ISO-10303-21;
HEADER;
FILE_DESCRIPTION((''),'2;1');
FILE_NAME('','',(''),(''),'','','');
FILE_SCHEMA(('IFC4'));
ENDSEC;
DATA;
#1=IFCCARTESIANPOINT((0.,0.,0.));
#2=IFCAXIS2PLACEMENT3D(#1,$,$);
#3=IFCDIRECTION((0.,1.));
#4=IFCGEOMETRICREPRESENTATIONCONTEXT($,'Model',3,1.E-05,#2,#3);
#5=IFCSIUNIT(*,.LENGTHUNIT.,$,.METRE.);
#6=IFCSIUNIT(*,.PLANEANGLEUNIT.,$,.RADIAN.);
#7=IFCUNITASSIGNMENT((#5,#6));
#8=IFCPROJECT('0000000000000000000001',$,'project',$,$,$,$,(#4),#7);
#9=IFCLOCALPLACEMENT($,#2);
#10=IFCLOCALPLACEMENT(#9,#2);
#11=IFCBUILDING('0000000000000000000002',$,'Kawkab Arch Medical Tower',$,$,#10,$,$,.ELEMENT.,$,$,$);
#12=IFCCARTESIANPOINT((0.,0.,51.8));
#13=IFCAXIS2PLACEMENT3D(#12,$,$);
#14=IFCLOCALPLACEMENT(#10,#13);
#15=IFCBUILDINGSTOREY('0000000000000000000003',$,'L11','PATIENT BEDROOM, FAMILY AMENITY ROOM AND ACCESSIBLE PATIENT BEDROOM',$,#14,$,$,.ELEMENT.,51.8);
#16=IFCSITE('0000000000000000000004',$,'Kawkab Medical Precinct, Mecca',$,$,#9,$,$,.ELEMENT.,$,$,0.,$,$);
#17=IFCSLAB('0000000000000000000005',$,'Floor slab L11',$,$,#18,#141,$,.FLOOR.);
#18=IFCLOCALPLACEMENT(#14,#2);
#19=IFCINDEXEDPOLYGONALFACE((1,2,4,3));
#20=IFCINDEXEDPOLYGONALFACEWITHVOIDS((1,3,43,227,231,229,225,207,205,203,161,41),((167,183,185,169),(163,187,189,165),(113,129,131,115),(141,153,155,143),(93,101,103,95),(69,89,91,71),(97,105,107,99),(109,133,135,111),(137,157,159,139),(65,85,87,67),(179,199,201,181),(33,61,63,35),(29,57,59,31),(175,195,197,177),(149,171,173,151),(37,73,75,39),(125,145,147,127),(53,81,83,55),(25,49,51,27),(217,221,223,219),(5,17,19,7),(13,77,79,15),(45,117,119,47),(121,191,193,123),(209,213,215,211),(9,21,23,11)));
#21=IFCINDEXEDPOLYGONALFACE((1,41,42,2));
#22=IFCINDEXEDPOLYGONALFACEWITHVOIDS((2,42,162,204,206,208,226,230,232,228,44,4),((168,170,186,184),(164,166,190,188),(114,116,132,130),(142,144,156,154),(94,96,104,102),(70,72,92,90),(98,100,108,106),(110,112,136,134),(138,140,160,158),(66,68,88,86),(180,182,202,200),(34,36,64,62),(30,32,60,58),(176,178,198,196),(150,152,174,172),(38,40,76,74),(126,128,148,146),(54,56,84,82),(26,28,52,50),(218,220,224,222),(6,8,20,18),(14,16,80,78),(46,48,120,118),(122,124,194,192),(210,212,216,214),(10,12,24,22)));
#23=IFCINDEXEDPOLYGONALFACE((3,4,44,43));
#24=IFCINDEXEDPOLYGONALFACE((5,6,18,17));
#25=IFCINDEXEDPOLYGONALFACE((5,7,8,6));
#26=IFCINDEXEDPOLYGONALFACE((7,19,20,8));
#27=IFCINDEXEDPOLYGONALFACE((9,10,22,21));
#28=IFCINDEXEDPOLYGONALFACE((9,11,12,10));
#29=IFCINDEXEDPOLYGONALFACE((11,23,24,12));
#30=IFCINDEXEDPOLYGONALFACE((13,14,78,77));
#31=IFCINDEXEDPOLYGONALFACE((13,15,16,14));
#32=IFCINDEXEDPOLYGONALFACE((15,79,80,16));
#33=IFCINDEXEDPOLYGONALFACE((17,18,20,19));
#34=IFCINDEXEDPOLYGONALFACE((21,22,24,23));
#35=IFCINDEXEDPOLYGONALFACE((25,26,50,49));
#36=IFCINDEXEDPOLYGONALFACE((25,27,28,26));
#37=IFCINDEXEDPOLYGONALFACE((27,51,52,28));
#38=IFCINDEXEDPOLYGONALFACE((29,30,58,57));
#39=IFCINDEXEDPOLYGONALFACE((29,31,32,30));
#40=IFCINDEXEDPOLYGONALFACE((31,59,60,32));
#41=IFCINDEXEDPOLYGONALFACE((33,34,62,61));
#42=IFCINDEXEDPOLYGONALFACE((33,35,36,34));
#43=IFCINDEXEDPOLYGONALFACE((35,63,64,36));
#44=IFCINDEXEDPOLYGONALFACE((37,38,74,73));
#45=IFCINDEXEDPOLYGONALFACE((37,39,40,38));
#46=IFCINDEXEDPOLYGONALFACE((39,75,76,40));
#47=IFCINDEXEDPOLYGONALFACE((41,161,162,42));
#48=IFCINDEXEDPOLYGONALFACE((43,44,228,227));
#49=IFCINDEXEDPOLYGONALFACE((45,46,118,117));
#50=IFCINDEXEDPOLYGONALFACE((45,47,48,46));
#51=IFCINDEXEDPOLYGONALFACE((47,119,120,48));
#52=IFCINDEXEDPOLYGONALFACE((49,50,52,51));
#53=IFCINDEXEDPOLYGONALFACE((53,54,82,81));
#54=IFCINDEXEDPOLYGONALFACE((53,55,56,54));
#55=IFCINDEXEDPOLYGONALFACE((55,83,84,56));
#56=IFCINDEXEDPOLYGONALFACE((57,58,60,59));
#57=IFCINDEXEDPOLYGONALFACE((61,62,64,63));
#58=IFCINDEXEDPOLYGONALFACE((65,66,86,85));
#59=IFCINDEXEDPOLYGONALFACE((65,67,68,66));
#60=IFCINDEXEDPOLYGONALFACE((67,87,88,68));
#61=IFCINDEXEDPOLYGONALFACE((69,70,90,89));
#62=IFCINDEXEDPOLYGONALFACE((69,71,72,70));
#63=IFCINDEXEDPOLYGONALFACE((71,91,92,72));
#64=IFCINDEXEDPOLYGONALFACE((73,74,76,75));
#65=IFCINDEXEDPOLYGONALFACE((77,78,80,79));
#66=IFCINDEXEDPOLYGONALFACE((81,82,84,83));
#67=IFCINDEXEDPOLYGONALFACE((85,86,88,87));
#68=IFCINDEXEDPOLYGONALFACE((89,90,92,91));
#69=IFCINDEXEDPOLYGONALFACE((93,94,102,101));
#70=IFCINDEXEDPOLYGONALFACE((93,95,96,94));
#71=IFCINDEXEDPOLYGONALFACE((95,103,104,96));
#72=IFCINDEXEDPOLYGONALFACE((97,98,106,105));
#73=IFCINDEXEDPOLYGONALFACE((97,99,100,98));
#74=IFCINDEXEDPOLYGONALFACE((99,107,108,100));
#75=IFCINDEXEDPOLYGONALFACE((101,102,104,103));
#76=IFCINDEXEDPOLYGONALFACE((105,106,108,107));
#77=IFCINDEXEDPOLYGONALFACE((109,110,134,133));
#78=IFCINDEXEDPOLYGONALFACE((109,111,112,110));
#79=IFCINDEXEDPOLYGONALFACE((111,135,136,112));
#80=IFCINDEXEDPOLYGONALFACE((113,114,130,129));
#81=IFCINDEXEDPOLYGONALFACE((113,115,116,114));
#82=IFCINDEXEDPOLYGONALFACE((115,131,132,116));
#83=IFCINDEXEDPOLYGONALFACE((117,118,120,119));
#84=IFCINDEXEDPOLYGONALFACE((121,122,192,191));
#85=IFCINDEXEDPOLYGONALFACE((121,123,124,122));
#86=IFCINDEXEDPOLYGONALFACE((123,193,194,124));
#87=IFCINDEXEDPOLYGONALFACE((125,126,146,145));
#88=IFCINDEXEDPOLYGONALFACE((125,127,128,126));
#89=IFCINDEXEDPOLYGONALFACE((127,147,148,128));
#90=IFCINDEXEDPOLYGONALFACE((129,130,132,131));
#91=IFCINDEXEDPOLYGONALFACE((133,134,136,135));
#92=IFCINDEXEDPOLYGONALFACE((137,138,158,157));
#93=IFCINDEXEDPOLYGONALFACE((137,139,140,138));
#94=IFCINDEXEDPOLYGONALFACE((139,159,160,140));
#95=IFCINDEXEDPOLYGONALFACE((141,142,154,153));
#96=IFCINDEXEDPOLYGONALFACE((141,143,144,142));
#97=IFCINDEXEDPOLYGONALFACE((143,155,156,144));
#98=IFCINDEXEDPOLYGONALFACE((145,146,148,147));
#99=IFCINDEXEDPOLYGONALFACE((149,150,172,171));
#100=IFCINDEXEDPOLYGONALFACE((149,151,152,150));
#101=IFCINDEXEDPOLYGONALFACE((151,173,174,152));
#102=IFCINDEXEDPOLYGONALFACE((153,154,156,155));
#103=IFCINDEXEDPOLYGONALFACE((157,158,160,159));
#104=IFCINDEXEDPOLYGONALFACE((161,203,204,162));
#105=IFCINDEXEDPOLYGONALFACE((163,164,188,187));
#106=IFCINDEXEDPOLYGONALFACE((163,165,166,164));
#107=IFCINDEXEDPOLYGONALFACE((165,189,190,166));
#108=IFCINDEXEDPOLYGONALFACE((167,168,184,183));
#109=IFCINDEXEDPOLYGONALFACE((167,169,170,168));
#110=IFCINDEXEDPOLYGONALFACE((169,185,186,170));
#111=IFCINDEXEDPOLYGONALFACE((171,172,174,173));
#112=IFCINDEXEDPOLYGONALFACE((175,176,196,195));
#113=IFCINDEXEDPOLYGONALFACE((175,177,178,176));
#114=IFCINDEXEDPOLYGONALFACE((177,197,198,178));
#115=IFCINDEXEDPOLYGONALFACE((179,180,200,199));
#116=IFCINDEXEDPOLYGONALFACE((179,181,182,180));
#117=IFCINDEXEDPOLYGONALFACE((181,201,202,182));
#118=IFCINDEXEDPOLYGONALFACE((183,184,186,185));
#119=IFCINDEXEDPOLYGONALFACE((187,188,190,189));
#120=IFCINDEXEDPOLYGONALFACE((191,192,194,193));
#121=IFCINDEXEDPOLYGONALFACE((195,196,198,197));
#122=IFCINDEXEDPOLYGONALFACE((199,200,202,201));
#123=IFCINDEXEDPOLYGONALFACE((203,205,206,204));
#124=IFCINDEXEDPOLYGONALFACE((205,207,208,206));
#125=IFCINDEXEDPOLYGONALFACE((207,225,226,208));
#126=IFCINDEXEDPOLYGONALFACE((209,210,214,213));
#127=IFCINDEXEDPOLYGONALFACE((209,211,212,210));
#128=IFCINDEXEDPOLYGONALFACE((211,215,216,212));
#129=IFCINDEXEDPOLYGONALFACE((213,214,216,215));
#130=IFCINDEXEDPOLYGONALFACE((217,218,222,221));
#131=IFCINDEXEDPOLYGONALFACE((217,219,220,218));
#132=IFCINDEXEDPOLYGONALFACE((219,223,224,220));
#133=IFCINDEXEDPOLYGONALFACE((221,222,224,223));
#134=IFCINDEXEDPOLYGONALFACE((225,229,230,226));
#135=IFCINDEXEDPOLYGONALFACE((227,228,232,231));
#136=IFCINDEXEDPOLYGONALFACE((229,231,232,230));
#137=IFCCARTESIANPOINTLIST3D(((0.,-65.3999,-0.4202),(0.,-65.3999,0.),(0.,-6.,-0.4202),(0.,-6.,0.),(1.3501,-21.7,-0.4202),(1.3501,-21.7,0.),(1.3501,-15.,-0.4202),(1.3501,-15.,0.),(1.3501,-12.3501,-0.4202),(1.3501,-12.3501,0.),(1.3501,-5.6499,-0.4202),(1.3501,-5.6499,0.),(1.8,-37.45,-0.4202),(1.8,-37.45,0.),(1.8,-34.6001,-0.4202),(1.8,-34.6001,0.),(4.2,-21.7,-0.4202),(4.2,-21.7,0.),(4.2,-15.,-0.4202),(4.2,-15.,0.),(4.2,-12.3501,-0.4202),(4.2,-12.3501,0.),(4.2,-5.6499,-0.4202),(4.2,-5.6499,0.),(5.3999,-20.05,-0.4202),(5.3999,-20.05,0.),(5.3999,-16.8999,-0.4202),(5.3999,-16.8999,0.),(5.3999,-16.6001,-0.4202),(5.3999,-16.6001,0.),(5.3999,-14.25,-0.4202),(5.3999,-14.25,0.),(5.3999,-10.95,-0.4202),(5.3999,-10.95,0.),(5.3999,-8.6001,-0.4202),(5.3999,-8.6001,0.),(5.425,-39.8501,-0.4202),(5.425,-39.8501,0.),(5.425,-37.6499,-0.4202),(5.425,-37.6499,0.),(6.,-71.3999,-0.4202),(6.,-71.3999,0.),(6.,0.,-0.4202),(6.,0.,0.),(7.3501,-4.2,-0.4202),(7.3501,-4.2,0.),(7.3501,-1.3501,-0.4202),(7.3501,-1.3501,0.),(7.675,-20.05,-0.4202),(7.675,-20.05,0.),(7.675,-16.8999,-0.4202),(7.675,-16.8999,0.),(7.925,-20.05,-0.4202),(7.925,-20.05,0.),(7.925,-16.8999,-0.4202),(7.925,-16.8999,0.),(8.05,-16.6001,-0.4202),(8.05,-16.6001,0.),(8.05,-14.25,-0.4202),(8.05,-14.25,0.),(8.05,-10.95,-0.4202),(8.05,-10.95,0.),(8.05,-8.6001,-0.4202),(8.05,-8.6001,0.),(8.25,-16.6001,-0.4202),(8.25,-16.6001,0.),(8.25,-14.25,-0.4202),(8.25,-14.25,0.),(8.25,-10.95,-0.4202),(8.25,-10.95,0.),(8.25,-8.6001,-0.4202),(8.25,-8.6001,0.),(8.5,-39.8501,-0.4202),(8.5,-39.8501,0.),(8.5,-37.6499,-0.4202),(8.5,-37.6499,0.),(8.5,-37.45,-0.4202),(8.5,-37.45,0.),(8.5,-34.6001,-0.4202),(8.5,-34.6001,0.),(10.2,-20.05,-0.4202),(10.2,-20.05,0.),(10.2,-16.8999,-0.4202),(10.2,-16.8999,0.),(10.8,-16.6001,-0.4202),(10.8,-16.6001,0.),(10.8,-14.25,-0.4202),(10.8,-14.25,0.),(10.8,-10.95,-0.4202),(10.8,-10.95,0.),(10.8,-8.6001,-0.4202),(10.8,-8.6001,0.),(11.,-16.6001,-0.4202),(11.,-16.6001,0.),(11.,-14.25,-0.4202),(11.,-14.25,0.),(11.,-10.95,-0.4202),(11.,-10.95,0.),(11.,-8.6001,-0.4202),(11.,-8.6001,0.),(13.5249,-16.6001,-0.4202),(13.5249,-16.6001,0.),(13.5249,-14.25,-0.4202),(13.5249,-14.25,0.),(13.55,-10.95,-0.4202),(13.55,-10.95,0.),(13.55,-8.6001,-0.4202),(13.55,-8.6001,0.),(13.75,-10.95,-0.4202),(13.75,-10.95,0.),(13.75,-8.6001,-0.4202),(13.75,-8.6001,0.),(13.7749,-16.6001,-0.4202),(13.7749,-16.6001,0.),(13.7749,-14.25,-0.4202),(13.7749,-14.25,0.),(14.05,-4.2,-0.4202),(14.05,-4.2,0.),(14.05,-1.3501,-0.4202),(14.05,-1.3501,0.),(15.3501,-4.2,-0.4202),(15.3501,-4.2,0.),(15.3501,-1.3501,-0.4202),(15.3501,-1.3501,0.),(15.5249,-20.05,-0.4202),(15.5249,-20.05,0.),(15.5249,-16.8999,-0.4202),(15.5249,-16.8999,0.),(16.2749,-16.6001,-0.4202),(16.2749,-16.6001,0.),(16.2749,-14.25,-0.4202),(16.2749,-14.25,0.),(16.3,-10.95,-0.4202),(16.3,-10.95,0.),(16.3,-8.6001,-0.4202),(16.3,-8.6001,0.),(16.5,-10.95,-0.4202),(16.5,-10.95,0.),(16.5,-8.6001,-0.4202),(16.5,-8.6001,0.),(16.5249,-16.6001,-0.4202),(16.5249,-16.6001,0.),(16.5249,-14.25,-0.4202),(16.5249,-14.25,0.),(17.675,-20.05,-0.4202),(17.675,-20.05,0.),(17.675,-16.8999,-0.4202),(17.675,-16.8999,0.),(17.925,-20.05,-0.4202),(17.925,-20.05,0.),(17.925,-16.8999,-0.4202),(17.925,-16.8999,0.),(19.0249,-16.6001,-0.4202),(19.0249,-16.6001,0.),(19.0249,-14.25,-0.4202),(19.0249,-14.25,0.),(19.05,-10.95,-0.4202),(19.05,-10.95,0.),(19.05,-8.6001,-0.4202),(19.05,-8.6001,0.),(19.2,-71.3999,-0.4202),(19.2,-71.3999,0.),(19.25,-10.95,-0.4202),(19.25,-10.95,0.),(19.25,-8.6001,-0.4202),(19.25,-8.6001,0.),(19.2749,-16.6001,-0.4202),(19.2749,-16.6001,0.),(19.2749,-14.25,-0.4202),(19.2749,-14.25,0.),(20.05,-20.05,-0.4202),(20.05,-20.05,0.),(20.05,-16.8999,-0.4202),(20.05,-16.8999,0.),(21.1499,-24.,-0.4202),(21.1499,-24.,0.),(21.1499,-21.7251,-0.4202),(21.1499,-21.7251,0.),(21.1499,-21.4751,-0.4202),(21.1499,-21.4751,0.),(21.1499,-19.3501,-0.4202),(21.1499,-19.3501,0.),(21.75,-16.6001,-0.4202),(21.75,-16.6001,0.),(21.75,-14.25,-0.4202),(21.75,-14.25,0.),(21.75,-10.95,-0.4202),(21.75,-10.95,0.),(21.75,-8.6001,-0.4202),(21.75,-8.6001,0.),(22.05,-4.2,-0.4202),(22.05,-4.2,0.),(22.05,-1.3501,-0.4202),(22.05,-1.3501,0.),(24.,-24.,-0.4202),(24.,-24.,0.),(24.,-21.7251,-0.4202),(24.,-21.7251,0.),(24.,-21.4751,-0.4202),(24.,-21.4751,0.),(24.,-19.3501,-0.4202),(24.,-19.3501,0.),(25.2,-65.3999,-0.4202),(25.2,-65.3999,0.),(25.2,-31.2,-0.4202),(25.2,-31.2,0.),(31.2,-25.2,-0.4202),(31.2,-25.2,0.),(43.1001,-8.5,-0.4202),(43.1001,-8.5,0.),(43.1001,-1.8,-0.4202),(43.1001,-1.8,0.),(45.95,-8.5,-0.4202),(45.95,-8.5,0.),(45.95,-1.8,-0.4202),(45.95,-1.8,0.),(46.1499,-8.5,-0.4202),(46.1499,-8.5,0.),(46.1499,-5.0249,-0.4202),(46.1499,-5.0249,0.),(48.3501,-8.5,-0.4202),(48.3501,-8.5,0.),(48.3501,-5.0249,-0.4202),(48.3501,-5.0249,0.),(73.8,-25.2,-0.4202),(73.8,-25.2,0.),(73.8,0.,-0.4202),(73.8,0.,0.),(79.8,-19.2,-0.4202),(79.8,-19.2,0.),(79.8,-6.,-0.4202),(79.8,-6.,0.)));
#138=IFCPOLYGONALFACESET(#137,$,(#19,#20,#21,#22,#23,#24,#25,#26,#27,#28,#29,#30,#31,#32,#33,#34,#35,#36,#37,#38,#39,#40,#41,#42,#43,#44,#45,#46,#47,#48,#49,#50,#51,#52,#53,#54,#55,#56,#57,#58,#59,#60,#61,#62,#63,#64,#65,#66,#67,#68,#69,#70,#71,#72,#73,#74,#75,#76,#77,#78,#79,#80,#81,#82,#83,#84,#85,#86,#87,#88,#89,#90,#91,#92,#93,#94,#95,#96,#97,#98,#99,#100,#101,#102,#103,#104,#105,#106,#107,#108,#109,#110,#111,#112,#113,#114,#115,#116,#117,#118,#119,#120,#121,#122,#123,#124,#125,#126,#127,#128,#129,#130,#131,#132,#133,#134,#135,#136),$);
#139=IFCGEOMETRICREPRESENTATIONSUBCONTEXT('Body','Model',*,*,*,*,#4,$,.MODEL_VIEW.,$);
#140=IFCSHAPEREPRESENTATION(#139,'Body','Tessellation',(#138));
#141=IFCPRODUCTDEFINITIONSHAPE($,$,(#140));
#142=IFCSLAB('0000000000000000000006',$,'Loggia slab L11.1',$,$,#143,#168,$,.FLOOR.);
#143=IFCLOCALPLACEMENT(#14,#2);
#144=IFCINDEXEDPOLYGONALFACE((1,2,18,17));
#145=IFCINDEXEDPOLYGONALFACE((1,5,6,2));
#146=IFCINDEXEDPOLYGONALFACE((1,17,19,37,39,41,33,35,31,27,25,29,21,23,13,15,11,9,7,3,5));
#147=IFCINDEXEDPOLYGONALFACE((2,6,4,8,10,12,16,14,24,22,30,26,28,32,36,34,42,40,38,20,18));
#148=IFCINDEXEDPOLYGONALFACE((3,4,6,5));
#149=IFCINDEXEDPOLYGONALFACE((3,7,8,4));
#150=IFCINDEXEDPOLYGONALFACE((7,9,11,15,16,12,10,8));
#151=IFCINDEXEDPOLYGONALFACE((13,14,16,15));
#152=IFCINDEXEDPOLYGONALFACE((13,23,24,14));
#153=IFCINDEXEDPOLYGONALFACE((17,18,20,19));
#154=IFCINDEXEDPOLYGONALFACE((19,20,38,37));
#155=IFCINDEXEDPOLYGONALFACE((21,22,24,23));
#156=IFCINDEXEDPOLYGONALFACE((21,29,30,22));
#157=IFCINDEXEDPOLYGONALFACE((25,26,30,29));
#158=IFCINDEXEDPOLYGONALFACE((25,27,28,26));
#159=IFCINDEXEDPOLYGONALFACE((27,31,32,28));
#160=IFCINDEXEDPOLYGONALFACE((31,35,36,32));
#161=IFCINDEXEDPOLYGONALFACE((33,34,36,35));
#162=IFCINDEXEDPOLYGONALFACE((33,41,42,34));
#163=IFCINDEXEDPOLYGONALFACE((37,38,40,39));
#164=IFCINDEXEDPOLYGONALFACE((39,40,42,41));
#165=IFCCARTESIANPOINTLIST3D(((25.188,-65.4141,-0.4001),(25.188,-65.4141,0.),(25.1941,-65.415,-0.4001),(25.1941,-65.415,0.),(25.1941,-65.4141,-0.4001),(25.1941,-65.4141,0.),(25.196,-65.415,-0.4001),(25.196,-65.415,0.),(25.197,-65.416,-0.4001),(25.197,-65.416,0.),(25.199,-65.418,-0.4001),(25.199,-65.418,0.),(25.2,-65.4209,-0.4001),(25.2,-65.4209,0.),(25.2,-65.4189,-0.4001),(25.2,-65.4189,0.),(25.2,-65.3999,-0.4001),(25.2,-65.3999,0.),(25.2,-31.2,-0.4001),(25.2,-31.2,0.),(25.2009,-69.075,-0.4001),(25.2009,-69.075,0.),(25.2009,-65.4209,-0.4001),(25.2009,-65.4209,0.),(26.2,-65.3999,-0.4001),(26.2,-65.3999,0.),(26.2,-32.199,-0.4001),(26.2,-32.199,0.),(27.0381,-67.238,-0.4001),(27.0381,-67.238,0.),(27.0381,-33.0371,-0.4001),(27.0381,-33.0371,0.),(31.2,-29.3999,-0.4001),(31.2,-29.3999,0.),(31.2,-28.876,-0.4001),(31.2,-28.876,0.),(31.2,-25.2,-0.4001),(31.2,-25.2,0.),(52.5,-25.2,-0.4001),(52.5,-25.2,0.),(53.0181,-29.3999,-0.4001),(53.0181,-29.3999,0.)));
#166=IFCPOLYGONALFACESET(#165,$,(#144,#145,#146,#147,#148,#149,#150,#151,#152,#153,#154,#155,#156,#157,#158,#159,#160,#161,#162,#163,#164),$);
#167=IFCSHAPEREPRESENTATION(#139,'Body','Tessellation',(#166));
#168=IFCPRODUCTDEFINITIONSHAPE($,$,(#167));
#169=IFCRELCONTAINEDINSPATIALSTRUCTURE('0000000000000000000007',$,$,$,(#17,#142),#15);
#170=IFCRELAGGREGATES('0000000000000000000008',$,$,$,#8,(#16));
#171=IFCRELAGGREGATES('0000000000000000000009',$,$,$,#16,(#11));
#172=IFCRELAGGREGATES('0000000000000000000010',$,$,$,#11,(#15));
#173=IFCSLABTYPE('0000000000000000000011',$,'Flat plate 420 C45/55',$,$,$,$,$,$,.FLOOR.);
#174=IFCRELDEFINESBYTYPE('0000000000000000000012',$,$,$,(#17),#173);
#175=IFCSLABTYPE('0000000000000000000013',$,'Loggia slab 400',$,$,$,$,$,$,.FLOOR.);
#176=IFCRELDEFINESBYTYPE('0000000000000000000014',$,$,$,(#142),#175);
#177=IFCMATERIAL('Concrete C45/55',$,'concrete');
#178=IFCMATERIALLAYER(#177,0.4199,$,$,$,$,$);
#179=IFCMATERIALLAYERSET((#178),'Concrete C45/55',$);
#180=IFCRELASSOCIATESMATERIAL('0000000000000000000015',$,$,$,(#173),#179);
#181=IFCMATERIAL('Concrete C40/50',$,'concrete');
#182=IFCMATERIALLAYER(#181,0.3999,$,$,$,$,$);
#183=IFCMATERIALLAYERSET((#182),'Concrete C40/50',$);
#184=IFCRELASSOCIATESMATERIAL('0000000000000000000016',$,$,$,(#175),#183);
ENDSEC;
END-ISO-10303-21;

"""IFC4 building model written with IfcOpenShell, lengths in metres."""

from ifc_helpers import new_model, si_unit, direction, frame, origin, place, context, subcontext, project, spatial, polyline, outline, extrude, material, layer, layer_set, type_object, element, save


model = new_model("IFC4")

# Units and contexts
model_context = context("Model", 3, precision=1e-05, world=origin(), true_north=direction((0.0, 1.0)))
body_context = subcontext(model_context, "Body", "Model", "MODEL_VIEW")
ifc_project = project(units=[si_unit("LENGTHUNIT", "METRE"), si_unit("PLANEANGLEUNIT", "RADIAN")], contexts=[model_context])

# Site, building, storey
site_placement = place(None, origin())
site = spatial("IfcSite", under=ifc_project, at=site_placement, Name="Kawkab Medical Precinct, Mecca", CompositionType="ELEMENT", RefElevation=0.0)
building_placement = place(site_placement, origin())
building = spatial("IfcBuilding", under=site, at=building_placement, Name="Kawkab Arch Medical Tower", CompositionType="ELEMENT")
storey_placement = place(building_placement, frame((0.0, 0.0, 51.8)))
storey = spatial("IfcBuildingStorey", under=building, at=storey_placement, Name="L11", Description="PATIENT BEDROOM, FAMILY AMENITY ROOM AND ACCESSIBLE PATIENT BEDROOM", CompositionType="ELEMENT", Elevation=51.8)

# Slabs
ifc_material_1 = material(Name="Concrete C45/55", Category="concrete")
ifc_layer_1 = layer(ifc_material_1, 0.4199)
ifc_layer_set_1 = layer_set([ifc_layer_1], Name="Concrete C45/55")
slab_type_1 = type_object("IfcSlabType", Name="Flat plate 420 C45/55", PredefinedType="FLOOR", material=ifc_layer_set_1)
slab_1_placement = place(storey_placement, frame((0.0, 0.0, -0.4202)))
element("IfcSlab", 1, at=slab_1_placement, inside=storey, type_object=slab_type_1, Name="Floor slab L11", PredefinedType="FLOOR", context=body_context, shape_type="SweptSolid", body=[
    extrude(outline(polyline([(6.0, 0.0), (73.8, 0.0), (79.8, -6.0), (79.8, -19.2), (73.8, -25.2), (31.2, -25.2), (25.2, -31.2), (25.2, -65.3999), (19.2, -71.3999), (6.0, -71.3999), (0.0, -65.3999), (0.0, -6.0), (6.0, 0.0)]), holes=[polyline([(5.425, -37.6499), (5.425, -39.8501), (8.5, -39.8501), (8.5, -37.6499), (5.425, -37.6499)]), polyline([(1.8, -37.45), (8.5, -37.45), (8.5, -34.6001), (1.8, -34.6001), (1.8, -37.45)]), polyline([(5.3999, -16.8999), (5.3999, -20.05), (7.675, -20.05), (7.675, -16.8999), (5.3999, -16.8999)]), polyline([(10.2, -16.8999), (7.925, -16.8999), (7.925, -20.05), (10.2, -20.05), (10.2, -16.8999)]), polyline([(4.2, -21.7), (4.2, -15.0), (1.3501, -15.0), (1.3501, -21.7), (4.2, -21.7)]), polyline([(5.3999, -14.25), (5.3999, -16.6001), (8.05, -16.6001), (8.05, -14.25), (5.3999, -14.25)]), polyline([(10.8, -14.25), (8.25, -14.25), (8.25, -16.6001), (10.8, -16.6001), (10.8, -14.25)]), polyline([(11.0, -14.25), (11.0, -16.6001), (13.5249, -16.6001), (13.5249, -14.25), (11.0, -14.25)]), polyline([(5.3999, -8.6001), (5.3999, -10.95), (8.05, -10.95), (8.05, -8.6001), (5.3999, -8.6001)]), polyline([(10.8, -8.6001), (8.25, -8.6001), (8.25, -10.95), (10.8, -10.95), (10.8, -8.6001)]), polyline([(11.0, -10.95), (13.55, -10.95), (13.55, -8.6001), (11.0, -8.6001), (11.0, -10.95)]), polyline([(4.2, -12.3501), (4.2, -5.6499), (1.3501, -5.6499), (1.3501, -12.3501), (4.2, -12.3501)]), polyline([(7.3501, -4.2), (14.05, -4.2), (14.05, -1.3501), (7.3501, -1.3501), (7.3501, -4.2)]), polyline([(24.0, -21.7251), (21.1499, -21.7251), (21.1499, -24.0), (24.0, -24.0), (24.0, -21.7251)]), polyline([(24.0, -21.4751), (24.0, -19.3501), (21.1499, -19.3501), (21.1499, -21.4751), (24.0, -21.4751)]), polyline([(15.5249, -16.8999), (15.5249, -20.05), (17.675, -20.05), (17.675, -16.8999), (15.5249, -16.8999)]), polyline([(17.925, -20.05), (20.05, -20.05), (20.05, -16.8999), (17.925, -16.8999), (17.925, -20.05)]), polyline([(16.2749, -14.25), (13.7749, -14.25), (13.7749, -16.6001), (16.2749, -16.6001), (16.2749, -14.25)]), polyline([(19.0249, -14.25), (16.5249, -14.25), (16.5249, -16.6001), (19.0249, -16.6001), (19.0249, -14.25)]), polyline([(19.2749, -16.6001), (21.75, -16.6001), (21.75, -14.25), (19.2749, -14.25), (19.2749, -16.6001)]), polyline([(13.75, -8.6001), (13.75, -10.95), (16.3, -10.95), (16.3, -8.6001), (13.75, -8.6001)]), polyline([(16.5, -8.6001), (16.5, -10.95), (19.05, -10.95), (19.05, -8.6001), (16.5, -8.6001)]), polyline([(19.25, -10.95), (21.75, -10.95), (21.75, -8.6001), (19.25, -8.6001), (19.25, -10.95)]), polyline([(46.1499, -5.0249), (46.1499, -8.5), (48.3501, -8.5), (48.3501, -5.0249), (46.1499, -5.0249)]), polyline([(43.1001, -1.8), (43.1001, -8.5), (45.95, -8.5), (45.95, -1.8), (43.1001, -1.8)]), polyline([(22.05, -1.3501), (15.3501, -1.3501), (15.3501, -4.2), (22.05, -4.2), (22.05, -1.3501)])]), origin(), (0.0, 0.0, 1.0), 0.4202),
])
ifc_material_2 = material(Name="Concrete C40/50", Category="concrete")
ifc_layer_2 = layer(ifc_material_2, 0.3999)
ifc_layer_set_2 = layer_set([ifc_layer_2], Name="Concrete C40/50")
slab_type_2 = type_object("IfcSlabType", Name="Loggia slab 400", PredefinedType="FLOOR", material=ifc_layer_set_2)
placement_1 = place(storey_placement, frame((0.0, 0.0, -0.4001)))
element("IfcSlab", 2, at=placement_1, inside=storey, type_object=slab_type_2, Name="Loggia slab L11.1", PredefinedType="FLOOR", context=body_context, shape_type="SweptSolid", body=[
    extrude(outline(polyline([(25.2, -65.3999), (25.2, -31.2), (31.2, -25.2), (52.5, -25.2), (53.0181, -29.3999), (31.2, -29.3999), (31.2, -28.876), (27.0381, -33.0371), (26.2, -32.199), (26.2, -65.3999), (27.0381, -67.238), (25.2009, -69.075), (25.2009, -65.4209), (25.2, -65.4209), (25.2, -65.4189), (25.199, -65.418), (25.197, -65.416), (25.196, -65.415), (25.1941, -65.415), (25.1941, -65.4141), (25.188, -65.4141), (25.2, -65.3999)])), origin(), (0.0, 0.0, 1.0), 0.4001),
])

save(model, "model.ifc")
